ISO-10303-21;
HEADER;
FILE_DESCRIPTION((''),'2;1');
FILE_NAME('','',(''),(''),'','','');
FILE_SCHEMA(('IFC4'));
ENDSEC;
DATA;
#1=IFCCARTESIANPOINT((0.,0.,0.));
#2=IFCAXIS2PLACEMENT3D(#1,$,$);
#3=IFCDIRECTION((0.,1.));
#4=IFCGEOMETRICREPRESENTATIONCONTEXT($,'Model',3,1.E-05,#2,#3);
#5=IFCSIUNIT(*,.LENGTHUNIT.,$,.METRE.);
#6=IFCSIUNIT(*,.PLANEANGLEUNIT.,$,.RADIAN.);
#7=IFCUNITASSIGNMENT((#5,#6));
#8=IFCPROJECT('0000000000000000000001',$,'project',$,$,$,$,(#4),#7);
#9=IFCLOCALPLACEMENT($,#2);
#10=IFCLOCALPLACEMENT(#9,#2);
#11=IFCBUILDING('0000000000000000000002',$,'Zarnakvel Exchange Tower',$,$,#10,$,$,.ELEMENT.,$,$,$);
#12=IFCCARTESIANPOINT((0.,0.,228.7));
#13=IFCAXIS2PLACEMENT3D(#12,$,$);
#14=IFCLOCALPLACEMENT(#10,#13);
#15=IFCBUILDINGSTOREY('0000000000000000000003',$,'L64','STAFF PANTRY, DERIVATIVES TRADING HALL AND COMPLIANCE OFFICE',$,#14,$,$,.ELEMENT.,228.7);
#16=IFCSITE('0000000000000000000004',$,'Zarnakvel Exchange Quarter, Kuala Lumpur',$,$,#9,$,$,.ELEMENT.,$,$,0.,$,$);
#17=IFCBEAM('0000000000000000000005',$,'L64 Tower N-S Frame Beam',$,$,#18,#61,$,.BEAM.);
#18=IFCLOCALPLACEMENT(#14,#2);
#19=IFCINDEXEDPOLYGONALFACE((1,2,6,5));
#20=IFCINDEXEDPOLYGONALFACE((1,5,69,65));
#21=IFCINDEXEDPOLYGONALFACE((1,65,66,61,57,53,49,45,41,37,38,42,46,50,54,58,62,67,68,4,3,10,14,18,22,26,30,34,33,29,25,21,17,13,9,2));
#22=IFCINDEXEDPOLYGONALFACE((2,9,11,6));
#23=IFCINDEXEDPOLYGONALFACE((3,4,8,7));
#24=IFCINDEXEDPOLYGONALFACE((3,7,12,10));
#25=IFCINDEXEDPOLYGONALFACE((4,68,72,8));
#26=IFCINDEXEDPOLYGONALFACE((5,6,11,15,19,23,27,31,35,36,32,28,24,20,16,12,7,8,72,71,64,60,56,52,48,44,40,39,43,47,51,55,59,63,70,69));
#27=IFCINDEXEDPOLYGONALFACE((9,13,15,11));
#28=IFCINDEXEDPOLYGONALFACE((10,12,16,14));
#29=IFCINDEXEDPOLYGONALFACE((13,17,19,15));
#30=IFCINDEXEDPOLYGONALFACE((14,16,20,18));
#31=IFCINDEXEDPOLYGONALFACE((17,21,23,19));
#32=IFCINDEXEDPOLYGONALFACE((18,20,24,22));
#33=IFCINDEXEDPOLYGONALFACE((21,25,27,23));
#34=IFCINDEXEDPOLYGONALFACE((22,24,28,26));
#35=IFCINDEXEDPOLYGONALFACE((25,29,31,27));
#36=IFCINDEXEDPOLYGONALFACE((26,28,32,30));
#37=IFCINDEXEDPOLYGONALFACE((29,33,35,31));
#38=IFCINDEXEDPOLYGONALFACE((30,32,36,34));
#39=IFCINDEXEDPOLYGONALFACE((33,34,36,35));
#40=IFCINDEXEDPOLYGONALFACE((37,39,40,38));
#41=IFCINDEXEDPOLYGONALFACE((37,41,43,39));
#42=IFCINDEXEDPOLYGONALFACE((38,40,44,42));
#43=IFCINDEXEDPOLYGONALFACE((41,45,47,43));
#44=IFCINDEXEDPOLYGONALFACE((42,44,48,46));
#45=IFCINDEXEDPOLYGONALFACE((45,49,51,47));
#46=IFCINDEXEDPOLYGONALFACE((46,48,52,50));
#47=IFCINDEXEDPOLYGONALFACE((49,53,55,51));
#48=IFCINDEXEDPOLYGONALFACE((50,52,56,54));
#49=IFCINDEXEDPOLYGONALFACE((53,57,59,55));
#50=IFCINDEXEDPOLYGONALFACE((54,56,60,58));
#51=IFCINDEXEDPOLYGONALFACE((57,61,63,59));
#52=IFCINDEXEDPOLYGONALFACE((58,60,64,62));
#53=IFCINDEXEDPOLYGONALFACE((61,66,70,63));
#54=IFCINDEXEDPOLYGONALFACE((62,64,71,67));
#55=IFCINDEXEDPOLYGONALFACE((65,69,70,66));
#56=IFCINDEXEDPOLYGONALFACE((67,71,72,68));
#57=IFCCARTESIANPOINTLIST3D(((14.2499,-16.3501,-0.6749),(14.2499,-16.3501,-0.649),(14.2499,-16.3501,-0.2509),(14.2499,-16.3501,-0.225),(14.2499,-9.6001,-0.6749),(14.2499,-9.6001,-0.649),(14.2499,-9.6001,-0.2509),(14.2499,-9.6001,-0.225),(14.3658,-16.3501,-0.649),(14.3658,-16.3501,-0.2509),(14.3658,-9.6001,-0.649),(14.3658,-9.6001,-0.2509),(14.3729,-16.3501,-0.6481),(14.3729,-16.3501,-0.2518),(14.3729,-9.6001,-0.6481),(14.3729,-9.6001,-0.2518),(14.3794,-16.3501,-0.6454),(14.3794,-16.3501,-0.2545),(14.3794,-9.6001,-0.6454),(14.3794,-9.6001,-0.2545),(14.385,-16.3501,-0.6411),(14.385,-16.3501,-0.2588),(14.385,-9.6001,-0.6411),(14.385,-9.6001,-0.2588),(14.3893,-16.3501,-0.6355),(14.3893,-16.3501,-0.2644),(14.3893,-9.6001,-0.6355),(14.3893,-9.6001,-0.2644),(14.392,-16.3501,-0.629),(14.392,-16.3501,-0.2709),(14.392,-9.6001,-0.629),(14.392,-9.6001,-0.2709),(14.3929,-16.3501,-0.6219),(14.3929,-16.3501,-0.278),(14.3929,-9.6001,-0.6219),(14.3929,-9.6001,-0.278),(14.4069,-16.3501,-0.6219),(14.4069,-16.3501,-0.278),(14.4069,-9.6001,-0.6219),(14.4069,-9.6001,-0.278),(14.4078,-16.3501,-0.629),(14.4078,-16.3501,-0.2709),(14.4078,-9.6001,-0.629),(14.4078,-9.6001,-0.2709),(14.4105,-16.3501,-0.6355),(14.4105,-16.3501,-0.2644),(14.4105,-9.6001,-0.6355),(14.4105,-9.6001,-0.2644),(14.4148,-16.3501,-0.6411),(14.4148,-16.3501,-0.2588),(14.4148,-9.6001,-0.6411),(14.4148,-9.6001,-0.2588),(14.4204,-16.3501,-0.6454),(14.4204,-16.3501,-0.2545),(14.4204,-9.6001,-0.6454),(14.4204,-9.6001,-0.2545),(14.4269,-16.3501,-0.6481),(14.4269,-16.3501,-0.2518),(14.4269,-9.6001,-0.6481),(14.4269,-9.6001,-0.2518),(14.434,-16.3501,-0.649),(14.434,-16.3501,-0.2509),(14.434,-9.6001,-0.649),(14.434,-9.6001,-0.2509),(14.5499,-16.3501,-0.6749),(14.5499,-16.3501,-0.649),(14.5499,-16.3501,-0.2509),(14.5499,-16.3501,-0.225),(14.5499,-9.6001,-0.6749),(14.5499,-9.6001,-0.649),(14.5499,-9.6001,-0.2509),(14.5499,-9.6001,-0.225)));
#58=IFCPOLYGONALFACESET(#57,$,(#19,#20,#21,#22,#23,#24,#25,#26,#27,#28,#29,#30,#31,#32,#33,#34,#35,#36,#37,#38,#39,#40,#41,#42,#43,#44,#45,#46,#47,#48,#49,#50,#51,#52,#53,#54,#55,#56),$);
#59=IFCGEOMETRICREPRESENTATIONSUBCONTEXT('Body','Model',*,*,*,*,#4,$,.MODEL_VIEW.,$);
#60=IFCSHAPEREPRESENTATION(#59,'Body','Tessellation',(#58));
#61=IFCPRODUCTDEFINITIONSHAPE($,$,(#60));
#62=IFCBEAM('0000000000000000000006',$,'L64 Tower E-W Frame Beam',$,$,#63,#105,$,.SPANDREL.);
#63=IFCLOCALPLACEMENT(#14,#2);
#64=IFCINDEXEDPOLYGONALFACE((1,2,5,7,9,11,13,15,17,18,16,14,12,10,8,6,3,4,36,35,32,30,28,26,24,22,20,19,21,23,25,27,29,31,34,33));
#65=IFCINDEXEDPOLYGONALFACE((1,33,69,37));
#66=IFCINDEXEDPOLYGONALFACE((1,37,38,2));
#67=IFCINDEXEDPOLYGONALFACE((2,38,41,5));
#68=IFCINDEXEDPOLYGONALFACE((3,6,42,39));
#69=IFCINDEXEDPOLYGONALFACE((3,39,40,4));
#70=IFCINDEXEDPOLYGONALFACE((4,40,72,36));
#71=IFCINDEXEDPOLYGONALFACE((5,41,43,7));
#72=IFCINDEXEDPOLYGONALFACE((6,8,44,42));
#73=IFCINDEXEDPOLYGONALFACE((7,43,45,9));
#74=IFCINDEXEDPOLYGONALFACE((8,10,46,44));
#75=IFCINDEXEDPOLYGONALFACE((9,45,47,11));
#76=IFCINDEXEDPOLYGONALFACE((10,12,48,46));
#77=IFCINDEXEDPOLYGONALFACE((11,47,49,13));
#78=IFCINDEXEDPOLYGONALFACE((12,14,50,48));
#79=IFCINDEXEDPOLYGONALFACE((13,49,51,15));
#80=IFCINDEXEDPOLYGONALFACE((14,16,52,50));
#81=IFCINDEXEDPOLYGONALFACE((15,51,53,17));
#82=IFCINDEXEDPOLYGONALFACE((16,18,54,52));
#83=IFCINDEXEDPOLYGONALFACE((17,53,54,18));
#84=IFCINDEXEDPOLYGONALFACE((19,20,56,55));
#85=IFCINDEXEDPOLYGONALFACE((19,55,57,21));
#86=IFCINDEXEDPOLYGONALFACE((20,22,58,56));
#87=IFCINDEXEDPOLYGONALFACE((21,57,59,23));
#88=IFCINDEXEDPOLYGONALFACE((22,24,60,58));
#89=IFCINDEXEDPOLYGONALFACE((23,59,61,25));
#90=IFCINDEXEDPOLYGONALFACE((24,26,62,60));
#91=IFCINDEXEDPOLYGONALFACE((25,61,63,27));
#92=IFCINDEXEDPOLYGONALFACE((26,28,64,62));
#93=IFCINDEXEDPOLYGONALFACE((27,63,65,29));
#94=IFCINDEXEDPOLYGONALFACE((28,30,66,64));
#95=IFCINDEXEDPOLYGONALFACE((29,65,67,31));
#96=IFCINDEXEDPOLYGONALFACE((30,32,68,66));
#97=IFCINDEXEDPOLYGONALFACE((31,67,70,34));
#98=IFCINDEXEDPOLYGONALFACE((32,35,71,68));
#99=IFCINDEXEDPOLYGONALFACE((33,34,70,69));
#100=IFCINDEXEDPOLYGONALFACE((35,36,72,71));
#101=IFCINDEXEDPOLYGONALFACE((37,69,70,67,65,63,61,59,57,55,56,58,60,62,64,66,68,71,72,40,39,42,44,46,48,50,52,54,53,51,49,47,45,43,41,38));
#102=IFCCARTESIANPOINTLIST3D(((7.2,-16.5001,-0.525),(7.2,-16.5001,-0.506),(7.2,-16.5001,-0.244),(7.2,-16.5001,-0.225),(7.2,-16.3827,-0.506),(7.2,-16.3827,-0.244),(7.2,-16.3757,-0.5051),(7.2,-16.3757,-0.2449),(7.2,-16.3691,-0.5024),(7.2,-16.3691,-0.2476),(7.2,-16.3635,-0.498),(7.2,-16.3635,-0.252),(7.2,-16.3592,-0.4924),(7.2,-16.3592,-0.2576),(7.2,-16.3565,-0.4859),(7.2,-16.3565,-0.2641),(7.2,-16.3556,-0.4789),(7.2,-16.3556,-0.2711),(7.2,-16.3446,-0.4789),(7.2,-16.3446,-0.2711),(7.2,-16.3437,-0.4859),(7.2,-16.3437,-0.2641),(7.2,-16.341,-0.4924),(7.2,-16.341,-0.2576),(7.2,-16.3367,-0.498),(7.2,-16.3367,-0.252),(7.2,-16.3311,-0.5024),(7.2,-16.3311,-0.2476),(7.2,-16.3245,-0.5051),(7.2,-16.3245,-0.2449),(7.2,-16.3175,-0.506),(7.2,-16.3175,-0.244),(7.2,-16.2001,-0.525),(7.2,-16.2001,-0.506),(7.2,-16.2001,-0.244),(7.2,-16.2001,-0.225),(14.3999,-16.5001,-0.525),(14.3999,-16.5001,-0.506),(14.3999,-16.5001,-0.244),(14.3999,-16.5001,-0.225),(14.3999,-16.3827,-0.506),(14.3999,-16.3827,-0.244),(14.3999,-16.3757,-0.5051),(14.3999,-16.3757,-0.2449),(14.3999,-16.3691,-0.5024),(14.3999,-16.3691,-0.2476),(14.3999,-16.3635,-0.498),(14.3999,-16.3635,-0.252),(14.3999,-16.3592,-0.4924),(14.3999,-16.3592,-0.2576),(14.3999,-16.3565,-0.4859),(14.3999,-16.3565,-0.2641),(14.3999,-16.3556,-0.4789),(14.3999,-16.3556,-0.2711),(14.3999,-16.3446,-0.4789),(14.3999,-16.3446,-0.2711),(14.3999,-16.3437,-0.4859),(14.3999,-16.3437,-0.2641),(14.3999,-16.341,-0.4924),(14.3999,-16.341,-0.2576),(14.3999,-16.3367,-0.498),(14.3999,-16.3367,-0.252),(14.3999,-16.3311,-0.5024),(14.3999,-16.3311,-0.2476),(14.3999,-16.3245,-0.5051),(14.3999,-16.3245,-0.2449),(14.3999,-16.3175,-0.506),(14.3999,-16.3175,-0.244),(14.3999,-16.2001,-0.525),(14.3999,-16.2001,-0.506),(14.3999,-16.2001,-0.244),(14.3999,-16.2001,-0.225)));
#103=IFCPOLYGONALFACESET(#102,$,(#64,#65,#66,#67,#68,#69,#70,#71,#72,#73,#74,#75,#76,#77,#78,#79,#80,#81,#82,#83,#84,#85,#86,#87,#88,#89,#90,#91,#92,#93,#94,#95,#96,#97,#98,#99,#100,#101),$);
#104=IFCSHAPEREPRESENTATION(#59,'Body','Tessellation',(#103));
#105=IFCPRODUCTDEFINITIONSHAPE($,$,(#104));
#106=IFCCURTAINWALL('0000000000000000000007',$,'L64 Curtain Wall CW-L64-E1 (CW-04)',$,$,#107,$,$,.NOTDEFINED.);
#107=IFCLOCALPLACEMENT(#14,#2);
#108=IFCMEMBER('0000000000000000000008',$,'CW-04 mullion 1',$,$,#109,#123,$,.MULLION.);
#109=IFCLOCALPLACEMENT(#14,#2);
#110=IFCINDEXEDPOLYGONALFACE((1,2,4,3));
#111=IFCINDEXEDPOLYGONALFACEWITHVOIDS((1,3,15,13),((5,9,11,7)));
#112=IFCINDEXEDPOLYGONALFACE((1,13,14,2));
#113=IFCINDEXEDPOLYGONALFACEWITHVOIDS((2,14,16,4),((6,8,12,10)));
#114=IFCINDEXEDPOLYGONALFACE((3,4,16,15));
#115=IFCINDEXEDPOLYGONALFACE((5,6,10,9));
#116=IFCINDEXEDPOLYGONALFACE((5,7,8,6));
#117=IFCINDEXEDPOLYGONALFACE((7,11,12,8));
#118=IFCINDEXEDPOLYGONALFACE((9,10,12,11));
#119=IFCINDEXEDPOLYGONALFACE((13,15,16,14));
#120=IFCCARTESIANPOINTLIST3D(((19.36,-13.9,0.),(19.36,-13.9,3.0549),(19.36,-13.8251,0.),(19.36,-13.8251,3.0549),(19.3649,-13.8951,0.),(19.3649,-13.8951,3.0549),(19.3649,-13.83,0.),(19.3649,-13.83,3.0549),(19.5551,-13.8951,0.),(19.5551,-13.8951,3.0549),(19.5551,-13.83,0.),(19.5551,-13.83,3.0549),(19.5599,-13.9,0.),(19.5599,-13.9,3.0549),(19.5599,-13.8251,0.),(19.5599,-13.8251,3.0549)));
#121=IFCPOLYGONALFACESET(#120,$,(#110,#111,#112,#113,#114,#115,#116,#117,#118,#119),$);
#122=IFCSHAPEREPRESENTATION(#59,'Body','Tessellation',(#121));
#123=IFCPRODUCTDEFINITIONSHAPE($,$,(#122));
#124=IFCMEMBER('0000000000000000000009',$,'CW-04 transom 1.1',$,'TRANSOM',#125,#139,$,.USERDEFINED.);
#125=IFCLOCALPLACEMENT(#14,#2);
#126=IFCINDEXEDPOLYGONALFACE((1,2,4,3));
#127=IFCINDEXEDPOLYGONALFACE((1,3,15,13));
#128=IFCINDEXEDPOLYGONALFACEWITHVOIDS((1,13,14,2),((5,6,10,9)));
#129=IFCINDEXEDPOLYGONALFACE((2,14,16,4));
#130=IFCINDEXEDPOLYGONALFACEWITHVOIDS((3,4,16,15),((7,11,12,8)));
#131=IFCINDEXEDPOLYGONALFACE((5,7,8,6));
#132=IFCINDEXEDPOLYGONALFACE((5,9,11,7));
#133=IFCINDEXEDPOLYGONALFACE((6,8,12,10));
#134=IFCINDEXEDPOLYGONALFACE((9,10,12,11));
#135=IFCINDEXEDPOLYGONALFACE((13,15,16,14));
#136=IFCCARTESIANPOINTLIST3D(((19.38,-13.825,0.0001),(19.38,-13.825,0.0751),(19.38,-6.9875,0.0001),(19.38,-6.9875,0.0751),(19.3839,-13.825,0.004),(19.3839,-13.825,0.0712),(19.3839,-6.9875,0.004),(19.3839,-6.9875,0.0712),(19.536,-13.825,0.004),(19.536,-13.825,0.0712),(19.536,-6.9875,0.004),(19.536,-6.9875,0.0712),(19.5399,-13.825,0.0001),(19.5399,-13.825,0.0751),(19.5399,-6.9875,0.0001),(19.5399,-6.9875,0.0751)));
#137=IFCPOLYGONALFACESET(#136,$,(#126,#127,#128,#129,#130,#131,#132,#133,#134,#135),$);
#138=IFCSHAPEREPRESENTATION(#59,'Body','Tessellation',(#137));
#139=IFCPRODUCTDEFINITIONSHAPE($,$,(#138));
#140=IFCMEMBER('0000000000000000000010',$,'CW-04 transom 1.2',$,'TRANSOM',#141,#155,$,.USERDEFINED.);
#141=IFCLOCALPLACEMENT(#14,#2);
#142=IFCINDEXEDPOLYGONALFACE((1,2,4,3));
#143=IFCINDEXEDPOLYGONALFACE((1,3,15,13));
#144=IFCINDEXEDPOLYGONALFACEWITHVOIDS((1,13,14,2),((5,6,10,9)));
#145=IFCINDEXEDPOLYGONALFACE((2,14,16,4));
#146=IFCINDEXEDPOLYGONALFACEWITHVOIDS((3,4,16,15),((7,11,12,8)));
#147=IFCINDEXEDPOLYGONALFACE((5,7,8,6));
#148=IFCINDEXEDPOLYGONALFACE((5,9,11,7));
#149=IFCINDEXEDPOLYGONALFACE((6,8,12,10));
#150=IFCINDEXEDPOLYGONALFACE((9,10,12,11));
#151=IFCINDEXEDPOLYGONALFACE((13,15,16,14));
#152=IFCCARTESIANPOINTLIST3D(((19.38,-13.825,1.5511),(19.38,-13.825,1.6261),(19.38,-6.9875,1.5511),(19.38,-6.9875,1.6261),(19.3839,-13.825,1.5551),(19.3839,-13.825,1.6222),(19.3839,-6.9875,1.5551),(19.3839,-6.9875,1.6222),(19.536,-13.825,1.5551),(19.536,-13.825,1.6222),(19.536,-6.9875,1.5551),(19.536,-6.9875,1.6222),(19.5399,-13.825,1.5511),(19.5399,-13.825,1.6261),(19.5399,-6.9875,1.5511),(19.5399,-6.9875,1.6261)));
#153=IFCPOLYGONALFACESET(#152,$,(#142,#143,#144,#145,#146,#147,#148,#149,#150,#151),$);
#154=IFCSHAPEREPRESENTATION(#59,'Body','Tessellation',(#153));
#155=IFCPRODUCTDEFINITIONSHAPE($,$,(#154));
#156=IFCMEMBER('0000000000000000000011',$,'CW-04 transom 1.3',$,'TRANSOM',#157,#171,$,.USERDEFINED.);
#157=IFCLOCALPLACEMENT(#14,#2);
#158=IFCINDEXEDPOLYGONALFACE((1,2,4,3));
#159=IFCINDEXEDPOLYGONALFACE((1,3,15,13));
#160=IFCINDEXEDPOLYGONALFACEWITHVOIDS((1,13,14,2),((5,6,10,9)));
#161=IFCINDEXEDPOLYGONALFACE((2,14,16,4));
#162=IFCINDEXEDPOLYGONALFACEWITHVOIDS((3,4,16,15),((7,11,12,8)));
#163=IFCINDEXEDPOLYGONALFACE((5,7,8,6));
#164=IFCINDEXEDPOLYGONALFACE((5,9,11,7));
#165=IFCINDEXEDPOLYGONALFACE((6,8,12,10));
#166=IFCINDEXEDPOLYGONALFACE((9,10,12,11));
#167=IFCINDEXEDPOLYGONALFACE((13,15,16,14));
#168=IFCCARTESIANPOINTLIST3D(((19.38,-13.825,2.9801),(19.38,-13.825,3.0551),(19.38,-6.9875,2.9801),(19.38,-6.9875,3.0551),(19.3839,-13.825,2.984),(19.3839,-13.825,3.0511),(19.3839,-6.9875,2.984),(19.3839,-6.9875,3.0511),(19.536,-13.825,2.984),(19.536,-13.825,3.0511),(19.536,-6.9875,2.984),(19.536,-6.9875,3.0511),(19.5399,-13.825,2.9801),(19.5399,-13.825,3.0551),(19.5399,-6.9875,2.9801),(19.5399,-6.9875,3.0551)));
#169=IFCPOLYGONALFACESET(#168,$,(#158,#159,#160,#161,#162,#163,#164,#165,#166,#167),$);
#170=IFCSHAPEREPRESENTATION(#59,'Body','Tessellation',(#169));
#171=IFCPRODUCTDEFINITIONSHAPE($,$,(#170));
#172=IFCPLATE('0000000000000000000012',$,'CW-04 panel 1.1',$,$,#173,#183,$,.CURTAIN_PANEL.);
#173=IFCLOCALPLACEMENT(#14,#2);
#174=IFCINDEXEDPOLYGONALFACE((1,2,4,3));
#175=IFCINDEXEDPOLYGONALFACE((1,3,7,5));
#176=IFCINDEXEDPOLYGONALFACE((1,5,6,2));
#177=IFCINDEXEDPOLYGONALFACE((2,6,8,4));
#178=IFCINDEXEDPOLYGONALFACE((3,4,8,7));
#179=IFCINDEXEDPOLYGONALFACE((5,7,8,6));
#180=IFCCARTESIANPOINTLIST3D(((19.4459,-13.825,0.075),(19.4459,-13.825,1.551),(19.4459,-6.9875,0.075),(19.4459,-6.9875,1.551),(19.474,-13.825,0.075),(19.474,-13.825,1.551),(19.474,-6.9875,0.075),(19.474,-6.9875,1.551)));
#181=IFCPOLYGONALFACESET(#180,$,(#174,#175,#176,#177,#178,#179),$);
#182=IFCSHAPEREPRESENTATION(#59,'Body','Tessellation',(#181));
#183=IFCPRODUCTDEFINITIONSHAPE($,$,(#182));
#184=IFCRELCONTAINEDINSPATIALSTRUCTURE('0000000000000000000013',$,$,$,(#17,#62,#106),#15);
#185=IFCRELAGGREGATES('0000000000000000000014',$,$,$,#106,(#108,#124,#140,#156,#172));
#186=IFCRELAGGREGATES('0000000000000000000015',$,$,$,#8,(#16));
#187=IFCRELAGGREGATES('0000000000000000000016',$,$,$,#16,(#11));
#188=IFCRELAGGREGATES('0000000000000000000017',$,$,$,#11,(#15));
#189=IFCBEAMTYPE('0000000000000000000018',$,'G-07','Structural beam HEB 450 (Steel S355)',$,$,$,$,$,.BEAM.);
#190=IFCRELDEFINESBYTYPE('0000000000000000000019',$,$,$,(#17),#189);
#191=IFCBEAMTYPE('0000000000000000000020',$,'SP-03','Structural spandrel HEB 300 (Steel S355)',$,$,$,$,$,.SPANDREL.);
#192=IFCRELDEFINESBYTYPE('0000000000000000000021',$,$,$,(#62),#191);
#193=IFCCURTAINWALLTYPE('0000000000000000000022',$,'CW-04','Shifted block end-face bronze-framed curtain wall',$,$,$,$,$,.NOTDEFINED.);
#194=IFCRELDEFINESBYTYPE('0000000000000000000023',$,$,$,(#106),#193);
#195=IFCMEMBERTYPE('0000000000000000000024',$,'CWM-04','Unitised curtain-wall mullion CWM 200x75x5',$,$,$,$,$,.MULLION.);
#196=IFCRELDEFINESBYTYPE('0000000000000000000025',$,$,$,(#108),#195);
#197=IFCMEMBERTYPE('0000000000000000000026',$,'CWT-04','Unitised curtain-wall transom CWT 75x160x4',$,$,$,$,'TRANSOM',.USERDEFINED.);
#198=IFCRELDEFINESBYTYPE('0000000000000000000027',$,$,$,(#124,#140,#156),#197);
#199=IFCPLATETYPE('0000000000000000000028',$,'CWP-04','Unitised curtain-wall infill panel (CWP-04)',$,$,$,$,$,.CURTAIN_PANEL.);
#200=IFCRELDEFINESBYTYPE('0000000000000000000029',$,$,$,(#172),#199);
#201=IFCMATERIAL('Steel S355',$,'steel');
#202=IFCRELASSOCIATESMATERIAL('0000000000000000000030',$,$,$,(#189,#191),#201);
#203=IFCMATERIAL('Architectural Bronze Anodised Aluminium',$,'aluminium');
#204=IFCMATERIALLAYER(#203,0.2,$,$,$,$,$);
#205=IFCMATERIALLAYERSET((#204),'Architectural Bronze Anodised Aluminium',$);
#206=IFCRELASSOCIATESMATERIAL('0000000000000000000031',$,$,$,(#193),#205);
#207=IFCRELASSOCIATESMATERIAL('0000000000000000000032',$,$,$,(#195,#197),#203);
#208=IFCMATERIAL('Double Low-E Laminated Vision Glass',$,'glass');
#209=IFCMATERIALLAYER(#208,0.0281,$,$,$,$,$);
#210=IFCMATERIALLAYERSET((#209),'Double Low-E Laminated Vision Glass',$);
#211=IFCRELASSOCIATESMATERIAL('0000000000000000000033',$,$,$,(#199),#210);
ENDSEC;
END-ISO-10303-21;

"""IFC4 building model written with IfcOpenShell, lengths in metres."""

from ifc_helpers import new_model, si_unit, direction, frame, origin, origin_2d, place, context, subcontext, project, spatial, rectangle, hollow_rectangle, i_section, extrude, source, transform, mapped, material, layer, layer_set, material_profile, profile_set, type_object, element, aggregate, save


model = new_model("IFC4")

# Units and contexts
model_context = context("Model", 3, precision=1e-05, world=origin(), true_north=direction((0.0, 1.0)))
body_context = subcontext(model_context, "Body", "Model", "MODEL_VIEW")
ifc_project = project(units=[si_unit("LENGTHUNIT", "METRE"), si_unit("PLANEANGLEUNIT", "RADIAN")], contexts=[model_context])

# Site, building, storey
site_placement = place(None, origin())
site = spatial("IfcSite", under=ifc_project, at=site_placement, Name="Zarnakvel Exchange Quarter, Kuala Lumpur", CompositionType="ELEMENT", RefElevation=0.0)
building_placement = place(site_placement, origin())
building = spatial("IfcBuilding", under=site, at=building_placement, Name="Zarnakvel Exchange Tower", CompositionType="ELEMENT")
storey_placement = place(building_placement, frame((0.0, 0.0, 228.7)))
storey = spatial("IfcBuildingStorey", under=building, at=storey_placement, Name="L64", Description="STAFF PANTRY, DERIVATIVES TRADING HALL AND COMPLIANCE OFFICE", CompositionType="ELEMENT", Elevation=228.7)

# Beams
ifc_material_1 = material(Name="Steel S355", Category="steel")
ifc_material_profile_1 = material_profile(ifc_material_1, i_section(OverallWidth=0.3, OverallDepth=0.45, WebThickness=0.0139, FlangeThickness=0.0259, FilletRadius=0.0271, at=origin_2d()))
ifc_profile_set_1 = profile_set([ifc_material_profile_1], Name="Steel S355")
beam_type_1 = type_object("IfcBeamType", Name="G-07", Description="Structural beam HEB 450 (Steel S355)", PredefinedType="BEAM", material=ifc_profile_set_1)
for number, where, z_axis, x_axis, name in (
    (1, (14.3999, -16.3501, -0.45), (0.0, 1.0, 0.0), (-1.0, 0.0, 0.0), "L64 Tower N-S Frame Beam"),
):
    element("IfcBeam", number, at=place(storey_placement, frame(where, z_axis=z_axis, x_axis=x_axis)), inside=storey, type_object=beam_type_1, Name=name, PredefinedType="BEAM", context=body_context, shape_type="SweptSolid", body=[
        extrude(i_section(OverallWidth=0.3, OverallDepth=0.45, WebThickness=0.0139, FlangeThickness=0.0259, FilletRadius=0.0271, at=origin_2d()), origin(), (0.0, 0.0, 1.0), 6.75),
    ])
ifc_material_profile_2 = material_profile(ifc_material_1, i_section(OverallWidth=0.3, OverallDepth=0.3, WebThickness=0.011, FlangeThickness=0.019, FilletRadius=0.0271, at=origin_2d()))
ifc_profile_set_2 = profile_set([ifc_material_profile_2], Name="Steel S355")
beam_type_2 = type_object("IfcBeamType", Name="SP-03", Description="Structural spandrel HEB 300 (Steel S355)", PredefinedType="SPANDREL", material=ifc_profile_set_2)
beam_1_placement = place(storey_placement, frame((7.2, -16.3501, -0.375), z_axis=(1.0, 0.0, 0.0), x_axis=(0.0, 1.0, 0.0)))
element("IfcBeam", 2, at=beam_1_placement, inside=storey, type_object=beam_type_2, Name="L64 Tower E-W Frame Beam", PredefinedType="SPANDREL", context=body_context, shape_type="SweptSolid", body=[
    extrude(i_section(OverallWidth=0.3, OverallDepth=0.3, WebThickness=0.011, FlangeThickness=0.019, FilletRadius=0.0271, at=origin_2d()), origin(), (0.0, 0.0, 1.0), 7.2),
])

# Curtain wall, members, plate
ifc_material_2 = material(Name="Architectural Bronze Anodised Aluminium", Category="aluminium")
ifc_layer_1 = layer(ifc_material_2, 0.2)
ifc_layer_set_1 = layer_set([ifc_layer_1], Name="Architectural Bronze Anodised Aluminium")
curtain_wall_type = type_object("IfcCurtainWallType", Name="CW-04", Description="Shifted block end-face bronze-framed curtain wall", PredefinedType="NOTDEFINED", material=ifc_layer_set_1)
curtain_wall_placement = place(storey_placement, origin())
curtain_wall = element("IfcCurtainWall", 3, at=curtain_wall_placement, inside=storey, type_object=curtain_wall_type, Name="L64 Curtain Wall CW-L64-E1 (CW-04)", PredefinedType="NOTDEFINED")
ifc_material_profile_3 = material_profile(ifc_material_2, hollow_rectangle(XDim=0.2, YDim=0.075, WallThickness=0.0049, at=origin_2d()))
ifc_profile_set_3 = profile_set([ifc_material_profile_3], Name="Architectural Bronze Anodised Aluminium")
member_type_1 = type_object("IfcMemberType", Name="CWM-04", Description="Unitised curtain-wall mullion CWM 200x75x5", PredefinedType="MULLION", material=ifc_profile_set_3)
shared_shape_1 = source(origin(), body_context, "Body", "SweptSolid", [
    extrude(hollow_rectangle(XDim=0.2, YDim=0.075, WallThickness=0.0049, at=origin_2d()), origin(), (0.0, 0.0, 1.0), 3.0549),
])
member_1_placement = place(storey_placement, frame((19.46, -13.8625, 0.0), z_axis=(0.0, 0.0, 1.0), x_axis=(-1.0, 0.0, 0.0)))
member_1 = element("IfcMember", 4, at=member_1_placement, type_object=member_type_1, Name="CW-04 mullion 1", PredefinedType="MULLION", context=body_context, shape_type="MappedRepresentation", body=[
    mapped(shared_shape_1, transform((0.0, 0.0, 0.0), x_axis=(1.0, 0.0, 0.0), y_axis=(0.0, 1.0, 0.0), z_axis=(0.0, 0.0, 1.0), scale=1.0)),
])
ifc_material_profile_4 = material_profile(ifc_material_2, hollow_rectangle(XDim=0.1599, YDim=0.075, WallThickness=0.0039, at=origin_2d()))
ifc_profile_set_4 = profile_set([ifc_material_profile_4], Name="Architectural Bronze Anodised Aluminium")
member_type_2 = type_object("IfcMemberType", Name="CWT-04", Description="Unitised curtain-wall transom CWT 75x160x4", ElementType="TRANSOM", PredefinedType="USERDEFINED", material=ifc_profile_set_4)
shared_shape_2 = source(origin(), body_context, "Body", "SweptSolid", [
    extrude(hollow_rectangle(XDim=0.1599, YDim=0.075, WallThickness=0.0039, at=origin_2d()), origin(), (0.0, 0.0, 1.0), 6.8374),
])
member_2_placement = place(storey_placement, frame((19.46, -13.825, 0.0376), z_axis=(0.0, 1.0, 0.0), x_axis=(-1.0, 0.0, 0.0)))
member_2 = element("IfcMember", 5, at=member_2_placement, type_object=member_type_2, Name="CW-04 transom 1.1", ObjectType="TRANSOM", PredefinedType="USERDEFINED", context=body_context, shape_type="MappedRepresentation", body=[
    mapped(shared_shape_2, transform((0.0, 0.0, 0.0), x_axis=(1.0, 0.0, 0.0), y_axis=(0.0, 1.0, 0.0), z_axis=(0.0, 0.0, 1.0), scale=1.0)),
])
member_3_placement = place(storey_placement, frame((19.46, -13.825, 1.5886), z_axis=(0.0, 1.0, 0.0), x_axis=(-1.0, 0.0, 0.0)))
member_3 = element("IfcMember", 6, at=member_3_placement, type_object=member_type_2, Name="CW-04 transom 1.2", ObjectType="TRANSOM", PredefinedType="USERDEFINED", context=body_context, shape_type="MappedRepresentation", body=[
    mapped(shared_shape_2, transform((0.0, 0.0, 0.0), x_axis=(1.0, 0.0, 0.0), y_axis=(0.0, 1.0, 0.0), z_axis=(0.0, 0.0, 1.0), scale=1.0)),
])
member_4_placement = place(storey_placement, frame((19.46, -13.825, 3.0176), z_axis=(0.0, 1.0, 0.0), x_axis=(-1.0, 0.0, 0.0)))
member_4 = element("IfcMember", 7, at=member_4_placement, type_object=member_type_2, Name="CW-04 transom 1.3", ObjectType="TRANSOM", PredefinedType="USERDEFINED", context=body_context, shape_type="MappedRepresentation", body=[
    mapped(shared_shape_2, transform((0.0, 0.0, 0.0), x_axis=(1.0, 0.0, 0.0), y_axis=(0.0, 1.0, 0.0), z_axis=(0.0, 0.0, 1.0), scale=1.0)),
])
ifc_material_3 = material(Name="Double Low-E Laminated Vision Glass", Category="glass")
ifc_layer_2 = layer(ifc_material_3, 0.0281)
ifc_layer_set_2 = layer_set([ifc_layer_2], Name="Double Low-E Laminated Vision Glass")
plate_type = type_object("IfcPlateType", Name="CWP-04", Description="Unitised curtain-wall infill panel (CWP-04)", PredefinedType="CURTAIN_PANEL", material=ifc_layer_set_2)
shared_shape_3 = source(origin(), body_context, "Body", "SweptSolid", [
    extrude(rectangle(XDim=6.8374, YDim=0.0281, at=origin_2d()), origin(), (0.0, 0.0, 1.0), 1.4761),
])
plate_placement = place(storey_placement, frame((19.46, -10.4062, 0.075), z_axis=(0.0, 0.0, 1.0), x_axis=(0.0, 1.0, 0.0)))
plate = element("IfcPlate", 8, at=plate_placement, type_object=plate_type, Name="CW-04 panel 1.1", PredefinedType="CURTAIN_PANEL", context=body_context, shape_type="MappedRepresentation", body=[
    mapped(shared_shape_3, transform((0.0, 0.0, 0.0), x_axis=(1.0, 0.0, 0.0), y_axis=(0.0, 1.0, 0.0), z_axis=(0.0, 0.0, 1.0), scale=1.0)),
])
aggregate(curtain_wall, [member_1, member_2, member_3, member_4, plate])

save(model, "model.ifc")
